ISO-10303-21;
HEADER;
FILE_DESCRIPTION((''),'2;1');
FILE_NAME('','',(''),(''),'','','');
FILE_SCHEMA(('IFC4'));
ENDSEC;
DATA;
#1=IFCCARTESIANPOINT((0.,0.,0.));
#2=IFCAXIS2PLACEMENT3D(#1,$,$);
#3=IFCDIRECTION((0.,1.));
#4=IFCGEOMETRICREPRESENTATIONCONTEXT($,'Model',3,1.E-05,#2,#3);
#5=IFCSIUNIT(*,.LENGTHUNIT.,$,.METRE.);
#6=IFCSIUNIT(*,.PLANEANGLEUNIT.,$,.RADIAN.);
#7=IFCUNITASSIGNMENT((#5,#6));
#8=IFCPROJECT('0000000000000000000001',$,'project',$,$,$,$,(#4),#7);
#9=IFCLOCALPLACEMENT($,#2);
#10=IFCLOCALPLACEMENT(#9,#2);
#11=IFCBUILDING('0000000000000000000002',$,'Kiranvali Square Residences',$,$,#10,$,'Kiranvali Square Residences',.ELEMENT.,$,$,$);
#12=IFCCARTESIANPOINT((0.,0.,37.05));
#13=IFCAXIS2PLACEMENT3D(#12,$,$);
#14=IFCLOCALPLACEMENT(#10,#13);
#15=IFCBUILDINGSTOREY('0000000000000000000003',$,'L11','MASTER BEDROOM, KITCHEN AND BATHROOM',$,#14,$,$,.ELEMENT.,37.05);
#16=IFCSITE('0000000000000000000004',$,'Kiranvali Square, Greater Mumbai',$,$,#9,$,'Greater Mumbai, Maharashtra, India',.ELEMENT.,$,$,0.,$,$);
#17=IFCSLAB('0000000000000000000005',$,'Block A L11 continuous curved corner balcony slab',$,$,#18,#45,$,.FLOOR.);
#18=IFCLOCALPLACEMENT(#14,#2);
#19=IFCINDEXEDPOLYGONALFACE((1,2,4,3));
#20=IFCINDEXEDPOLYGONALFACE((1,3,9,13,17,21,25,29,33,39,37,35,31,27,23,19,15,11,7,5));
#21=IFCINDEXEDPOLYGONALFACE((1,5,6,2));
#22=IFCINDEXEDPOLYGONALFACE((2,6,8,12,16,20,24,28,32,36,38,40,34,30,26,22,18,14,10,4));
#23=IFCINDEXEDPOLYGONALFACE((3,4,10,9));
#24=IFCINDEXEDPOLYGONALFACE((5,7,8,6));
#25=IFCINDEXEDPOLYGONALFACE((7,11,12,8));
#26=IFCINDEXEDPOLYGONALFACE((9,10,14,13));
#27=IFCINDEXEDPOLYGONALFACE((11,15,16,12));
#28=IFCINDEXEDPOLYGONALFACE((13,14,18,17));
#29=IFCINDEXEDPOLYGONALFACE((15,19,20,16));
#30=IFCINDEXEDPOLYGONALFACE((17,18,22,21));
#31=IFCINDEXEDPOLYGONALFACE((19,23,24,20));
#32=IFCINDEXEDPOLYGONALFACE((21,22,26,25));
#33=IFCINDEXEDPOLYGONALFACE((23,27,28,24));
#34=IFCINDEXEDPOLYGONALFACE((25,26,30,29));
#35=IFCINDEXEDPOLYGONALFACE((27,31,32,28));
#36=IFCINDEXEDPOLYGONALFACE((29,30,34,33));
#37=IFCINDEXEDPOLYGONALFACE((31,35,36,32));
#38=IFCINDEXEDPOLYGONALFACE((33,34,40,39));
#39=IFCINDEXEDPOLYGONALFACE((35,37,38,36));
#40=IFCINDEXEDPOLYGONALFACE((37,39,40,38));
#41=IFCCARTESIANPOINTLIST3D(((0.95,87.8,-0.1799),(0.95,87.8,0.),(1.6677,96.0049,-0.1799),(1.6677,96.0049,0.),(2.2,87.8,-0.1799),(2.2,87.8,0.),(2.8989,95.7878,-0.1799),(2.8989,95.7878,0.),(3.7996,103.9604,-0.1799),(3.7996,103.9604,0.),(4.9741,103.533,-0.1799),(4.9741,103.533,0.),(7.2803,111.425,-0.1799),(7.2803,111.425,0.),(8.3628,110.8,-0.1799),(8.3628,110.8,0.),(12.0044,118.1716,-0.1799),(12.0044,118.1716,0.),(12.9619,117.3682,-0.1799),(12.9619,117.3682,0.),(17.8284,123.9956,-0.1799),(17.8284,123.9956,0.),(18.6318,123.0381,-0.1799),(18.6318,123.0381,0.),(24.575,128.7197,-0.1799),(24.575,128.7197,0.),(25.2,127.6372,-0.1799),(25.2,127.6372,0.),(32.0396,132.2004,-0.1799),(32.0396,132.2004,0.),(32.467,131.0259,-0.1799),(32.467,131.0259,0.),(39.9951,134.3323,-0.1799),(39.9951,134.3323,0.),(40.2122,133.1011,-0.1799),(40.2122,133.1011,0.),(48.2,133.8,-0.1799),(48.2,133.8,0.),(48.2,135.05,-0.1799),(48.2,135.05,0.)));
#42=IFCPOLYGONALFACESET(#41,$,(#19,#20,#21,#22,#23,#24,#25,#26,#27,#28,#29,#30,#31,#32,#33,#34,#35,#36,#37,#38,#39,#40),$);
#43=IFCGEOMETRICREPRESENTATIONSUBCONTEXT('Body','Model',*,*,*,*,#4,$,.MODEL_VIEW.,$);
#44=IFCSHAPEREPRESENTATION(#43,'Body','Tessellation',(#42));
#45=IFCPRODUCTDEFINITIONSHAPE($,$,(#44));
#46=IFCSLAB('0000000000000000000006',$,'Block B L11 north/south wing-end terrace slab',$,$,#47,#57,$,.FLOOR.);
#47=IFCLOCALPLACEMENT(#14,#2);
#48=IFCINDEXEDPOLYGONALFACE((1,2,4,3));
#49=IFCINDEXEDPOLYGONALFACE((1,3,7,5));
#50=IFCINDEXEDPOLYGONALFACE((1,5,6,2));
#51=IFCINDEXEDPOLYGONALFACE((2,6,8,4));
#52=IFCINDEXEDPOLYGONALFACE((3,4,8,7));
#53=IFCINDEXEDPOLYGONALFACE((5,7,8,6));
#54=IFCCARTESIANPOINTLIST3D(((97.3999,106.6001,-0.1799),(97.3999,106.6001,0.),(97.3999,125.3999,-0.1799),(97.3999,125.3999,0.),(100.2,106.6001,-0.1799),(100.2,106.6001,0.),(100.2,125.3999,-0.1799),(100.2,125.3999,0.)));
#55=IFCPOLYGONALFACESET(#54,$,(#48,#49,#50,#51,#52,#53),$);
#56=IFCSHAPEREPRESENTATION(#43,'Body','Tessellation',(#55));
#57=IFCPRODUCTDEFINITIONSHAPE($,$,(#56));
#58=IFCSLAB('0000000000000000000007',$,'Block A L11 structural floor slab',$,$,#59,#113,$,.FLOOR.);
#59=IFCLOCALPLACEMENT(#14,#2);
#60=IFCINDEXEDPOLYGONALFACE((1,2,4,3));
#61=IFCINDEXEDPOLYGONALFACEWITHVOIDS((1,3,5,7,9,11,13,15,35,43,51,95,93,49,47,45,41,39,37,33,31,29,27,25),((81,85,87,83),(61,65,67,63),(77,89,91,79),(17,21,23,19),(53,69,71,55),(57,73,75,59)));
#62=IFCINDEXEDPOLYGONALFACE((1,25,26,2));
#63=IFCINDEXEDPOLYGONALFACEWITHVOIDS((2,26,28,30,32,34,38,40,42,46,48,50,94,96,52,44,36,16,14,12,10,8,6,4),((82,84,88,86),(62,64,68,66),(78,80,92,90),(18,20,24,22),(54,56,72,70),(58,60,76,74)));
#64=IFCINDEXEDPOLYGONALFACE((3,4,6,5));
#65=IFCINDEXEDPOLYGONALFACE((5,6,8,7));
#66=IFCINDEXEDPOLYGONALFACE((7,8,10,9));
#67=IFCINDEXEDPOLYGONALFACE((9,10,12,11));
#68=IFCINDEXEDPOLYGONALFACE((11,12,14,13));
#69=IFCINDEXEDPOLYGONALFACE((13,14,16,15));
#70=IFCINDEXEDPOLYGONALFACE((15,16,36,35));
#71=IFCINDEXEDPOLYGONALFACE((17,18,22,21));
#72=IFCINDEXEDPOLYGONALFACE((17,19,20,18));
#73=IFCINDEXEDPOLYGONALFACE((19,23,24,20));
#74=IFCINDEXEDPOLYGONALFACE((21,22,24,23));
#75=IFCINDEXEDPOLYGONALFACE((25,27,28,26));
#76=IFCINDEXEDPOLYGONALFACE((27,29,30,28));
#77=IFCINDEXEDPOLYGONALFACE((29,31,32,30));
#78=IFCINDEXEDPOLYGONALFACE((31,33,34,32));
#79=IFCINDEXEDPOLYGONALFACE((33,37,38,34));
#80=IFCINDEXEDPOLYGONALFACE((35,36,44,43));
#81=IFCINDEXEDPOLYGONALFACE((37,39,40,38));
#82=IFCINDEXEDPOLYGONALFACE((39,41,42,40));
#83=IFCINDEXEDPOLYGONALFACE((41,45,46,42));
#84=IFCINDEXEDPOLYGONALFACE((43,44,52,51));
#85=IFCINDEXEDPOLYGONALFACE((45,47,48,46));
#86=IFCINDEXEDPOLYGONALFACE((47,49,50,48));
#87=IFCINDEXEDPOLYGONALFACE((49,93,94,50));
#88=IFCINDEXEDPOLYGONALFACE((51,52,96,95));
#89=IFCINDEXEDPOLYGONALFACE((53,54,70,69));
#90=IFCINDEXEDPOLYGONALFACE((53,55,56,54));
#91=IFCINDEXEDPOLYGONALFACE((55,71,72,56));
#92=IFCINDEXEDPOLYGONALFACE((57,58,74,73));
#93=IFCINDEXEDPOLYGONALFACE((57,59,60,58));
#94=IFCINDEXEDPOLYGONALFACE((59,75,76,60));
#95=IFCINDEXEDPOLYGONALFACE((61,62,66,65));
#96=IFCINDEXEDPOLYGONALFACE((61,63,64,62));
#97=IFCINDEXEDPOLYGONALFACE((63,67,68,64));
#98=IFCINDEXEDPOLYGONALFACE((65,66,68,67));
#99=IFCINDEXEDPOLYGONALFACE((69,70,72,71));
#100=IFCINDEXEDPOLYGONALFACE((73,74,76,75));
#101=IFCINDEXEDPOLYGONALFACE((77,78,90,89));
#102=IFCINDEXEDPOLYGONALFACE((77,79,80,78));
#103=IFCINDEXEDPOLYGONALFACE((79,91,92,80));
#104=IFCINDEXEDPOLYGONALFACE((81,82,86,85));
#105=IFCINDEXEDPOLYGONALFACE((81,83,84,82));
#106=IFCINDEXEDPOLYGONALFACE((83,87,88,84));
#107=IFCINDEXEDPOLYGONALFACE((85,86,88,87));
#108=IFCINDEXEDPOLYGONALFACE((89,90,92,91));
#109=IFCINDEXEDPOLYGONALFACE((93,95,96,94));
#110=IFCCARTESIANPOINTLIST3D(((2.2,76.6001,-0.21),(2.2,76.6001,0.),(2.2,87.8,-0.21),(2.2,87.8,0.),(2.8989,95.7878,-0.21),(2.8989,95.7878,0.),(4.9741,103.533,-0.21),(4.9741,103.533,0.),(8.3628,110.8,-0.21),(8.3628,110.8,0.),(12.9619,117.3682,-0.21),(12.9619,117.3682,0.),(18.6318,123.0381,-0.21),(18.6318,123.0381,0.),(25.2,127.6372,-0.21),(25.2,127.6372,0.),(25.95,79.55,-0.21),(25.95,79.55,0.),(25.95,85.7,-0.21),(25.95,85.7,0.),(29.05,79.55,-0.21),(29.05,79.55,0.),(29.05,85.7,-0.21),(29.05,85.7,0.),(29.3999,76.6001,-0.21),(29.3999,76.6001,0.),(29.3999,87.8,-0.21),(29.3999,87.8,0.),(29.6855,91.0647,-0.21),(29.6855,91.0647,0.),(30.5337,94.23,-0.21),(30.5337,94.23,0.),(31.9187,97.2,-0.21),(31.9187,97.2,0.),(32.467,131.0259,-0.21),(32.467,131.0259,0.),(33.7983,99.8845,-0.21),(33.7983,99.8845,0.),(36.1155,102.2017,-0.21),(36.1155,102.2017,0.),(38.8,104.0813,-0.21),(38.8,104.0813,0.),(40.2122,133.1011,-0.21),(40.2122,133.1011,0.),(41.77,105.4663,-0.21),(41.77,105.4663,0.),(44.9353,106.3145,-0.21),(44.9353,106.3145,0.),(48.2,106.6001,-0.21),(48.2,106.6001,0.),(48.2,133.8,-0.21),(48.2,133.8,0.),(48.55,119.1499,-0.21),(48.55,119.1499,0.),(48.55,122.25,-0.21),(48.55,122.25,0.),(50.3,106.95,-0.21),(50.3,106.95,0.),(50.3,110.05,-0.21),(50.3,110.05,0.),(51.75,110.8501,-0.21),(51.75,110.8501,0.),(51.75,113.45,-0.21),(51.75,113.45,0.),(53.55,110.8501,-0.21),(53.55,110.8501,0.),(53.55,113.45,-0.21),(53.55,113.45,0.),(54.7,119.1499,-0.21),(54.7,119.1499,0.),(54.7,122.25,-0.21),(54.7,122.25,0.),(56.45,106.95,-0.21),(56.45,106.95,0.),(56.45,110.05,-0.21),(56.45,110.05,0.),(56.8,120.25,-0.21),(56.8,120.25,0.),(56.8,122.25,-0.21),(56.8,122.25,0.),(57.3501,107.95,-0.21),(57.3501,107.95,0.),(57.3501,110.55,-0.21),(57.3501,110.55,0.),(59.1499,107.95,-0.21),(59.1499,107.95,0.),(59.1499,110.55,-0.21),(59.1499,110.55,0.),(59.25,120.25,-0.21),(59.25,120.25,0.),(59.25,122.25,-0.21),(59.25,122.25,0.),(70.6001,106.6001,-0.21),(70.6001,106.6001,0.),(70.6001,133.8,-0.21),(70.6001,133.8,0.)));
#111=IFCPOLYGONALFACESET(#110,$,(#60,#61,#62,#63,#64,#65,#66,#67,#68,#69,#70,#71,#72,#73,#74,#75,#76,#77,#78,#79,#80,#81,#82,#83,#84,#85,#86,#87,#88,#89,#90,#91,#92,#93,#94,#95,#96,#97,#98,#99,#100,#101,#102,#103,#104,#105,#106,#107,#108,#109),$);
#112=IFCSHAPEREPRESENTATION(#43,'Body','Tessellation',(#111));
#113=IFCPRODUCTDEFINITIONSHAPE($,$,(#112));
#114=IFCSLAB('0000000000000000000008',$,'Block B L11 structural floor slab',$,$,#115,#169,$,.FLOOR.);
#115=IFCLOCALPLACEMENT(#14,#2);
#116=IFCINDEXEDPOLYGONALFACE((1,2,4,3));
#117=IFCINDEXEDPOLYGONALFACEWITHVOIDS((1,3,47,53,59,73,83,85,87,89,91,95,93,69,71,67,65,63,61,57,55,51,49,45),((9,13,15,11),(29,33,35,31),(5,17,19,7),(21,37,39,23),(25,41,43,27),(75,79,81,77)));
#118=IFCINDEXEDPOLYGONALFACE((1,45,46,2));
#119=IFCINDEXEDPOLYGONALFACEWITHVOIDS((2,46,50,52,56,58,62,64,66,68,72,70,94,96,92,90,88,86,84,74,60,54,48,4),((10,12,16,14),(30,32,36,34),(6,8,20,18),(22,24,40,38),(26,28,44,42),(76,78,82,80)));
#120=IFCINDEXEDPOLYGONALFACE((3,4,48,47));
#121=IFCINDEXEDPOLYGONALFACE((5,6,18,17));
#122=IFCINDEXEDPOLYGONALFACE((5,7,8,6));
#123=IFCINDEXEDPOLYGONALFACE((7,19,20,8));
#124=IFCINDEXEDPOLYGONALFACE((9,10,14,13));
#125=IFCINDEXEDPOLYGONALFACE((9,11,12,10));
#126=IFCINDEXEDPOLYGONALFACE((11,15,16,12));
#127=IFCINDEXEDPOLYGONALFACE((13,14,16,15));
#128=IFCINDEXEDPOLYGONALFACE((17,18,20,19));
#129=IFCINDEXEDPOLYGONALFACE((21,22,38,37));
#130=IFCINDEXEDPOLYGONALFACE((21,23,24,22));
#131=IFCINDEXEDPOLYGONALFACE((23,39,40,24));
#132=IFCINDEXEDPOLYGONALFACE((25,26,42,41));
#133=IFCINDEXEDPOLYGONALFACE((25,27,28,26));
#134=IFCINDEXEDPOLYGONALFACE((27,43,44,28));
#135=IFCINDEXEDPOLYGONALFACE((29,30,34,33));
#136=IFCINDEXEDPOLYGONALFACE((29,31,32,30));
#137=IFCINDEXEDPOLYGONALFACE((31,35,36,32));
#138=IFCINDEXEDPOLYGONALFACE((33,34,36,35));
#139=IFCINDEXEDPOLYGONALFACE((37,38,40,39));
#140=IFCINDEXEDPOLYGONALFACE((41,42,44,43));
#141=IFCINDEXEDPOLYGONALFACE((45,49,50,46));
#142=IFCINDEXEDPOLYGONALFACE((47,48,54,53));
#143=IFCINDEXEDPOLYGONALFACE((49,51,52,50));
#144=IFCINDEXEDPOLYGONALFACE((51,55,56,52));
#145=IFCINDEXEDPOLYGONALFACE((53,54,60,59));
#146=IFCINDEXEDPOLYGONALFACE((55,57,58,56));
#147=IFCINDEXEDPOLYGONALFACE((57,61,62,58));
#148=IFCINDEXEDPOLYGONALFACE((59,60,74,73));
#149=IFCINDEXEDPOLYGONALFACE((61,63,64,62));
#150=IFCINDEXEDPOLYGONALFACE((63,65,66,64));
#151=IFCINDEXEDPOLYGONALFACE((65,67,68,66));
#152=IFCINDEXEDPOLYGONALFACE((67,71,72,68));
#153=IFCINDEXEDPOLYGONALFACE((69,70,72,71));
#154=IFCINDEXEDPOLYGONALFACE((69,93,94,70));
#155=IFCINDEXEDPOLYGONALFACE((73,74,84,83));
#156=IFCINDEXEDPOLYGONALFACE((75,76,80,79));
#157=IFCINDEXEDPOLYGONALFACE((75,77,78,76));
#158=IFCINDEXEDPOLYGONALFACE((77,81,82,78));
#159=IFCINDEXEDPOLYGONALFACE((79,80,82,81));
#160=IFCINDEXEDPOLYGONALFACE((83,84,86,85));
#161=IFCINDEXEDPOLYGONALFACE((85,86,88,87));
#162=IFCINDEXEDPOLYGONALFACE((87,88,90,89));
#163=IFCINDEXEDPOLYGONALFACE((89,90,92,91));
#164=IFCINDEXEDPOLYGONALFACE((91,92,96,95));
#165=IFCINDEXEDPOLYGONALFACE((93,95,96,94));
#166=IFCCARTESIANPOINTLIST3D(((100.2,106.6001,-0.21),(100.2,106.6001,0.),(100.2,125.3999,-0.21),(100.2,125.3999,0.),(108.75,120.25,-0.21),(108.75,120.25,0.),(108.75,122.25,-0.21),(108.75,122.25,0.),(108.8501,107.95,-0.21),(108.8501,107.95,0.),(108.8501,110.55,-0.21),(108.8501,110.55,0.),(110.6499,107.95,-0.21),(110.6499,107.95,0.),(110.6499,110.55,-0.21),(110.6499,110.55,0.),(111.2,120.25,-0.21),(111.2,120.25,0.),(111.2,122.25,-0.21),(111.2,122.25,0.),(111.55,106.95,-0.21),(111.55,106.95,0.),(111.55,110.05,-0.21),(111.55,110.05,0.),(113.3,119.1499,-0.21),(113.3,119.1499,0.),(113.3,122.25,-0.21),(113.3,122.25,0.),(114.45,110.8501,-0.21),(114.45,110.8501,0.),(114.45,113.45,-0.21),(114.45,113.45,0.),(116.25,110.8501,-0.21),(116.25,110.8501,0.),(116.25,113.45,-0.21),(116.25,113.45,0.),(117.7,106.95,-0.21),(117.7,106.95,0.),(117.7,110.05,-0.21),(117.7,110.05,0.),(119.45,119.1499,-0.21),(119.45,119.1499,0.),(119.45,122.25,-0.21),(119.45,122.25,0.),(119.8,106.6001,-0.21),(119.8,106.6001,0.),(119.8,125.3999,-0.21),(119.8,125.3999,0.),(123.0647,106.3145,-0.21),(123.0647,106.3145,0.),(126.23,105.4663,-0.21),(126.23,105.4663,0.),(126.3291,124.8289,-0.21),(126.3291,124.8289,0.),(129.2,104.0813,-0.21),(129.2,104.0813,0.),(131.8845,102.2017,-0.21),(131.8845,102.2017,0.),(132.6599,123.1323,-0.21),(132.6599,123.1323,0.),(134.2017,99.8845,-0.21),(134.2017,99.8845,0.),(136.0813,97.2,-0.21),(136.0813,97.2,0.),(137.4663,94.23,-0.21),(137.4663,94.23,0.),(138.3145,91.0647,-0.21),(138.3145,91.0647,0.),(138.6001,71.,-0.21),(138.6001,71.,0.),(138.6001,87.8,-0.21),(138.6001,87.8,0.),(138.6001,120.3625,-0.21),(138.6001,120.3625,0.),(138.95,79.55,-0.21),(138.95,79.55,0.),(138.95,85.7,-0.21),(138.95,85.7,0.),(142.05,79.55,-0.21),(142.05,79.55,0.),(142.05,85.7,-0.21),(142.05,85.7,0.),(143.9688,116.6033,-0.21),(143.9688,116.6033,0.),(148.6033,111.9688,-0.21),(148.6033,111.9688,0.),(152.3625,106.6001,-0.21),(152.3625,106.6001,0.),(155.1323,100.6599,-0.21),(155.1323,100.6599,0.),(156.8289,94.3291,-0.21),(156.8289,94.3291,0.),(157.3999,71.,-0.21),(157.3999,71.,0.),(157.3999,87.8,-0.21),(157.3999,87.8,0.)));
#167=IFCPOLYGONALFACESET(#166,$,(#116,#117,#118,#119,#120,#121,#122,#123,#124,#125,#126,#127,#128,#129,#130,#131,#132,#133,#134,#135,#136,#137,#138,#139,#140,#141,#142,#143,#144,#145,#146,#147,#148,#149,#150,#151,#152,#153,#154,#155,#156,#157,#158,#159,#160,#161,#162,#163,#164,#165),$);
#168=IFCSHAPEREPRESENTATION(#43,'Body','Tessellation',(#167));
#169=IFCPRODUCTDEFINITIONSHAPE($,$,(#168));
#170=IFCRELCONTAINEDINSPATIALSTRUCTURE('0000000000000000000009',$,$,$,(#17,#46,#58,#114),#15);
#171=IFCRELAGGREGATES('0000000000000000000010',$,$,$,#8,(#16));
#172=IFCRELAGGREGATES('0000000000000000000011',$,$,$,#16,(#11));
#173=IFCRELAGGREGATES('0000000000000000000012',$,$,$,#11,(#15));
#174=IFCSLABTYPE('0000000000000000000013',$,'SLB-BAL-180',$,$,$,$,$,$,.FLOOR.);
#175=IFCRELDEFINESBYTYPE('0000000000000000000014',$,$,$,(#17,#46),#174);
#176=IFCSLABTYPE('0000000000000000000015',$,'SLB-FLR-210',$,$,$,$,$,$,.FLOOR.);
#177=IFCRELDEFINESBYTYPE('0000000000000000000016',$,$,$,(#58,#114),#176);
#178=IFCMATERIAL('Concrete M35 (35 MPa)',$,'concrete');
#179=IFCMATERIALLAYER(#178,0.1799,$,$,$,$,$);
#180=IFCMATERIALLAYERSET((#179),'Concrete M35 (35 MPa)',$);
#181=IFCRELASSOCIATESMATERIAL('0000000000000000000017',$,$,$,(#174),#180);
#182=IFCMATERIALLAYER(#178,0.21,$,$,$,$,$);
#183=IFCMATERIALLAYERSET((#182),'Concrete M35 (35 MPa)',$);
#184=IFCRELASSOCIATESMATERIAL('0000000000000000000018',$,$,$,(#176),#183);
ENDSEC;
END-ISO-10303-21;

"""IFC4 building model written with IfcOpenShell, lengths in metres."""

from ifc_helpers import new_model, si_unit, direction, frame, origin, place, context, subcontext, project, spatial, polyline, outline, extrude, material, layer, layer_set, type_object, element, save


model = new_model("IFC4")

# Units and contexts
model_context = context("Model", 3, precision=1e-05, world=origin(), true_north=direction((0.0, 1.0)))
body_context = subcontext(model_context, "Body", "Model", "MODEL_VIEW")
ifc_project = project(units=[si_unit("LENGTHUNIT", "METRE"), si_unit("PLANEANGLEUNIT", "RADIAN")], contexts=[model_context])

# Site, building, storey
site_placement = place(None, origin())
site = spatial("IfcSite", under=ifc_project, at=site_placement, Name="Kiranvali Square, Greater Mumbai", LongName="Greater Mumbai, Maharashtra, India", CompositionType="ELEMENT", RefElevation=0.0)
building_placement = place(site_placement, origin())
building = spatial("IfcBuilding", under=site, at=building_placement, Name="Kiranvali Square Residences", LongName="Kiranvali Square Residences", CompositionType="ELEMENT")
storey_placement = place(building_placement, frame((0.0, 0.0, 37.05)))
storey = spatial("IfcBuildingStorey", under=building, at=storey_placement, Name="L11", Description="MASTER BEDROOM, KITCHEN AND BATHROOM", CompositionType="ELEMENT", Elevation=37.05)

# Slabs
ifc_material_1 = material(Name="Concrete M35 (35 MPa)", Category="concrete")
ifc_layer_1 = layer(ifc_material_1, 0.1799)
ifc_layer_set_1 = layer_set([ifc_layer_1], Name="Concrete M35 (35 MPa)")
slab_type_1 = type_object("IfcSlabType", Name="SLB-BAL-180", PredefinedType="FLOOR", material=ifc_layer_set_1)
slab_1_placement = place(storey_placement, frame((0.0, 0.0, -0.1799)))
element("IfcSlab", 1, at=slab_1_placement, inside=storey, type_object=slab_type_1, Name="Block A L11 continuous curved corner balcony slab", PredefinedType="FLOOR", context=body_context, shape_type="SweptSolid", body=[
    extrude(outline(polyline([(48.2, 135.05), (39.9951, 134.3323), (32.0396, 132.2004), (24.575, 128.7197), (17.8284, 123.9956), (12.0044, 118.1716), (7.2803, 111.425), (3.7996, 103.9604), (1.6677, 96.0049), (0.95, 87.8), (2.2, 87.8), (2.8989, 95.7878), (4.9741, 103.533), (8.3628, 110.8), (12.9619, 117.3682), (18.6318, 123.0381), (25.2, 127.6372), (32.467, 131.0259), (40.2122, 133.1011), (48.2, 133.8), (48.2, 135.05)])), origin(), (0.0, 0.0, 1.0), 0.1799),
])
slab_2_placement = place(storey_placement, frame((0.0, 0.0, -0.1799)))
element("IfcSlab", 2, at=slab_2_placement, inside=storey, type_object=slab_type_1, Name="Block B L11 north/south wing-end terrace slab", PredefinedType="FLOOR", context=body_context, shape_type="SweptSolid", body=[
    extrude(outline(polyline([(97.3999, 106.6001), (100.2, 106.6001), (100.2, 125.3999), (97.3999, 125.3999), (97.3999, 106.6001)])), origin(), (0.0, 0.0, 1.0), 0.1799),
])
ifc_layer_2 = layer(ifc_material_1, 0.21)
ifc_layer_set_2 = layer_set([ifc_layer_2], Name="Concrete M35 (35 MPa)")
slab_type_2 = type_object("IfcSlabType", Name="SLB-FLR-210", PredefinedType="FLOOR", material=ifc_layer_set_2)
slab_3_placement = place(storey_placement, frame((0.0, 0.0, -0.21)))
element("IfcSlab", 3, at=slab_3_placement, inside=storey, type_object=slab_type_2, Name="Block A L11 structural floor slab", PredefinedType="FLOOR", context=body_context, shape_type="SweptSolid", body=[
    extrude(outline(polyline([(70.6001, 106.6001), (70.6001, 133.8), (48.2, 133.8), (40.2122, 133.1011), (32.467, 131.0259), (25.2, 127.6372), (18.6318, 123.0381), (12.9619, 117.3682), (8.3628, 110.8), (4.9741, 103.533), (2.8989, 95.7878), (2.2, 87.8), (2.2, 76.6001), (29.3999, 76.6001), (29.3999, 87.8), (29.6855, 91.0647), (30.5337, 94.23), (31.9187, 97.2), (33.7983, 99.8845), (36.1155, 102.2017), (38.8, 104.0813), (41.77, 105.4663), (44.9353, 106.3145), (48.2, 106.6001), (70.6001, 106.6001)]), holes=[polyline([(56.8, 120.25), (59.25, 120.25), (59.25, 122.25), (56.8, 122.25), (56.8, 120.25)]), polyline([(57.3501, 107.95), (59.1499, 107.95), (59.1499, 110.55), (57.3501, 110.55), (57.3501, 107.95)]), polyline([(51.75, 110.8501), (53.55, 110.8501), (53.55, 113.45), (51.75, 113.45), (51.75, 110.8501)]), polyline([(54.7, 122.25), (48.55, 122.25), (48.55, 119.1499), (54.7, 119.1499), (54.7, 122.25)]), polyline([(50.3, 106.95), (56.45, 106.95), (56.45, 110.05), (50.3, 110.05), (50.3, 106.95)]), polyline([(25.95, 85.7), (25.95, 79.55), (29.05, 79.55), (29.05, 85.7), (25.95, 85.7)])]), origin(), (0.0, 0.0, 1.0), 0.21),
])
slab_4_placement = place(storey_placement, frame((0.0, 0.0, -0.21)))
element("IfcSlab", 4, at=slab_4_placement, inside=storey, type_object=slab_type_2, Name="Block B L11 structural floor slab", PredefinedType="FLOOR", context=body_context, shape_type="SweptSolid", body=[
    extrude(outline(polyline([(119.8, 106.6001), (123.0647, 106.3145), (126.23, 105.4663), (129.2, 104.0813), (131.8845, 102.2017), (134.2017, 99.8845), (136.0813, 97.2), (137.4663, 94.23), (138.3145, 91.0647), (138.6001, 87.8), (138.6001, 71.0), (157.3999, 71.0), (157.3999, 87.8), (156.8289, 94.3291), (155.1323, 100.6599), (152.3625, 106.6001), (148.6033, 111.9688), (143.9688, 116.6033), (138.6001, 120.3625), (132.6599, 123.1323), (126.3291, 124.8289), (119.8, 125.3999), (100.2, 125.3999), (100.2, 106.6001), (119.8, 106.6001)]), holes=[polyline([(108.75, 120.25), (111.2, 120.25), (111.2, 122.25), (108.75, 122.25), (108.75, 120.25)]), polyline([(108.8501, 107.95), (110.6499, 107.95), (110.6499, 110.55), (108.8501, 110.55), (108.8501, 107.95)]), polyline([(114.45, 110.8501), (116.25, 110.8501), (116.25, 113.45), (114.45, 113.45), (114.45, 110.8501)]), polyline([(113.3, 119.1499), (119.45, 119.1499), (119.45, 122.25), (113.3, 122.25), (113.3, 119.1499)]), polyline([(117.7, 110.05), (111.55, 110.05), (111.55, 106.95), (117.7, 106.95), (117.7, 110.05)]), polyline([(138.95, 85.7), (138.95, 79.55), (142.05, 79.55), (142.05, 85.7), (138.95, 85.7)])]), origin(), (0.0, 0.0, 1.0), 0.21),
])

save(model, "model.ifc")
